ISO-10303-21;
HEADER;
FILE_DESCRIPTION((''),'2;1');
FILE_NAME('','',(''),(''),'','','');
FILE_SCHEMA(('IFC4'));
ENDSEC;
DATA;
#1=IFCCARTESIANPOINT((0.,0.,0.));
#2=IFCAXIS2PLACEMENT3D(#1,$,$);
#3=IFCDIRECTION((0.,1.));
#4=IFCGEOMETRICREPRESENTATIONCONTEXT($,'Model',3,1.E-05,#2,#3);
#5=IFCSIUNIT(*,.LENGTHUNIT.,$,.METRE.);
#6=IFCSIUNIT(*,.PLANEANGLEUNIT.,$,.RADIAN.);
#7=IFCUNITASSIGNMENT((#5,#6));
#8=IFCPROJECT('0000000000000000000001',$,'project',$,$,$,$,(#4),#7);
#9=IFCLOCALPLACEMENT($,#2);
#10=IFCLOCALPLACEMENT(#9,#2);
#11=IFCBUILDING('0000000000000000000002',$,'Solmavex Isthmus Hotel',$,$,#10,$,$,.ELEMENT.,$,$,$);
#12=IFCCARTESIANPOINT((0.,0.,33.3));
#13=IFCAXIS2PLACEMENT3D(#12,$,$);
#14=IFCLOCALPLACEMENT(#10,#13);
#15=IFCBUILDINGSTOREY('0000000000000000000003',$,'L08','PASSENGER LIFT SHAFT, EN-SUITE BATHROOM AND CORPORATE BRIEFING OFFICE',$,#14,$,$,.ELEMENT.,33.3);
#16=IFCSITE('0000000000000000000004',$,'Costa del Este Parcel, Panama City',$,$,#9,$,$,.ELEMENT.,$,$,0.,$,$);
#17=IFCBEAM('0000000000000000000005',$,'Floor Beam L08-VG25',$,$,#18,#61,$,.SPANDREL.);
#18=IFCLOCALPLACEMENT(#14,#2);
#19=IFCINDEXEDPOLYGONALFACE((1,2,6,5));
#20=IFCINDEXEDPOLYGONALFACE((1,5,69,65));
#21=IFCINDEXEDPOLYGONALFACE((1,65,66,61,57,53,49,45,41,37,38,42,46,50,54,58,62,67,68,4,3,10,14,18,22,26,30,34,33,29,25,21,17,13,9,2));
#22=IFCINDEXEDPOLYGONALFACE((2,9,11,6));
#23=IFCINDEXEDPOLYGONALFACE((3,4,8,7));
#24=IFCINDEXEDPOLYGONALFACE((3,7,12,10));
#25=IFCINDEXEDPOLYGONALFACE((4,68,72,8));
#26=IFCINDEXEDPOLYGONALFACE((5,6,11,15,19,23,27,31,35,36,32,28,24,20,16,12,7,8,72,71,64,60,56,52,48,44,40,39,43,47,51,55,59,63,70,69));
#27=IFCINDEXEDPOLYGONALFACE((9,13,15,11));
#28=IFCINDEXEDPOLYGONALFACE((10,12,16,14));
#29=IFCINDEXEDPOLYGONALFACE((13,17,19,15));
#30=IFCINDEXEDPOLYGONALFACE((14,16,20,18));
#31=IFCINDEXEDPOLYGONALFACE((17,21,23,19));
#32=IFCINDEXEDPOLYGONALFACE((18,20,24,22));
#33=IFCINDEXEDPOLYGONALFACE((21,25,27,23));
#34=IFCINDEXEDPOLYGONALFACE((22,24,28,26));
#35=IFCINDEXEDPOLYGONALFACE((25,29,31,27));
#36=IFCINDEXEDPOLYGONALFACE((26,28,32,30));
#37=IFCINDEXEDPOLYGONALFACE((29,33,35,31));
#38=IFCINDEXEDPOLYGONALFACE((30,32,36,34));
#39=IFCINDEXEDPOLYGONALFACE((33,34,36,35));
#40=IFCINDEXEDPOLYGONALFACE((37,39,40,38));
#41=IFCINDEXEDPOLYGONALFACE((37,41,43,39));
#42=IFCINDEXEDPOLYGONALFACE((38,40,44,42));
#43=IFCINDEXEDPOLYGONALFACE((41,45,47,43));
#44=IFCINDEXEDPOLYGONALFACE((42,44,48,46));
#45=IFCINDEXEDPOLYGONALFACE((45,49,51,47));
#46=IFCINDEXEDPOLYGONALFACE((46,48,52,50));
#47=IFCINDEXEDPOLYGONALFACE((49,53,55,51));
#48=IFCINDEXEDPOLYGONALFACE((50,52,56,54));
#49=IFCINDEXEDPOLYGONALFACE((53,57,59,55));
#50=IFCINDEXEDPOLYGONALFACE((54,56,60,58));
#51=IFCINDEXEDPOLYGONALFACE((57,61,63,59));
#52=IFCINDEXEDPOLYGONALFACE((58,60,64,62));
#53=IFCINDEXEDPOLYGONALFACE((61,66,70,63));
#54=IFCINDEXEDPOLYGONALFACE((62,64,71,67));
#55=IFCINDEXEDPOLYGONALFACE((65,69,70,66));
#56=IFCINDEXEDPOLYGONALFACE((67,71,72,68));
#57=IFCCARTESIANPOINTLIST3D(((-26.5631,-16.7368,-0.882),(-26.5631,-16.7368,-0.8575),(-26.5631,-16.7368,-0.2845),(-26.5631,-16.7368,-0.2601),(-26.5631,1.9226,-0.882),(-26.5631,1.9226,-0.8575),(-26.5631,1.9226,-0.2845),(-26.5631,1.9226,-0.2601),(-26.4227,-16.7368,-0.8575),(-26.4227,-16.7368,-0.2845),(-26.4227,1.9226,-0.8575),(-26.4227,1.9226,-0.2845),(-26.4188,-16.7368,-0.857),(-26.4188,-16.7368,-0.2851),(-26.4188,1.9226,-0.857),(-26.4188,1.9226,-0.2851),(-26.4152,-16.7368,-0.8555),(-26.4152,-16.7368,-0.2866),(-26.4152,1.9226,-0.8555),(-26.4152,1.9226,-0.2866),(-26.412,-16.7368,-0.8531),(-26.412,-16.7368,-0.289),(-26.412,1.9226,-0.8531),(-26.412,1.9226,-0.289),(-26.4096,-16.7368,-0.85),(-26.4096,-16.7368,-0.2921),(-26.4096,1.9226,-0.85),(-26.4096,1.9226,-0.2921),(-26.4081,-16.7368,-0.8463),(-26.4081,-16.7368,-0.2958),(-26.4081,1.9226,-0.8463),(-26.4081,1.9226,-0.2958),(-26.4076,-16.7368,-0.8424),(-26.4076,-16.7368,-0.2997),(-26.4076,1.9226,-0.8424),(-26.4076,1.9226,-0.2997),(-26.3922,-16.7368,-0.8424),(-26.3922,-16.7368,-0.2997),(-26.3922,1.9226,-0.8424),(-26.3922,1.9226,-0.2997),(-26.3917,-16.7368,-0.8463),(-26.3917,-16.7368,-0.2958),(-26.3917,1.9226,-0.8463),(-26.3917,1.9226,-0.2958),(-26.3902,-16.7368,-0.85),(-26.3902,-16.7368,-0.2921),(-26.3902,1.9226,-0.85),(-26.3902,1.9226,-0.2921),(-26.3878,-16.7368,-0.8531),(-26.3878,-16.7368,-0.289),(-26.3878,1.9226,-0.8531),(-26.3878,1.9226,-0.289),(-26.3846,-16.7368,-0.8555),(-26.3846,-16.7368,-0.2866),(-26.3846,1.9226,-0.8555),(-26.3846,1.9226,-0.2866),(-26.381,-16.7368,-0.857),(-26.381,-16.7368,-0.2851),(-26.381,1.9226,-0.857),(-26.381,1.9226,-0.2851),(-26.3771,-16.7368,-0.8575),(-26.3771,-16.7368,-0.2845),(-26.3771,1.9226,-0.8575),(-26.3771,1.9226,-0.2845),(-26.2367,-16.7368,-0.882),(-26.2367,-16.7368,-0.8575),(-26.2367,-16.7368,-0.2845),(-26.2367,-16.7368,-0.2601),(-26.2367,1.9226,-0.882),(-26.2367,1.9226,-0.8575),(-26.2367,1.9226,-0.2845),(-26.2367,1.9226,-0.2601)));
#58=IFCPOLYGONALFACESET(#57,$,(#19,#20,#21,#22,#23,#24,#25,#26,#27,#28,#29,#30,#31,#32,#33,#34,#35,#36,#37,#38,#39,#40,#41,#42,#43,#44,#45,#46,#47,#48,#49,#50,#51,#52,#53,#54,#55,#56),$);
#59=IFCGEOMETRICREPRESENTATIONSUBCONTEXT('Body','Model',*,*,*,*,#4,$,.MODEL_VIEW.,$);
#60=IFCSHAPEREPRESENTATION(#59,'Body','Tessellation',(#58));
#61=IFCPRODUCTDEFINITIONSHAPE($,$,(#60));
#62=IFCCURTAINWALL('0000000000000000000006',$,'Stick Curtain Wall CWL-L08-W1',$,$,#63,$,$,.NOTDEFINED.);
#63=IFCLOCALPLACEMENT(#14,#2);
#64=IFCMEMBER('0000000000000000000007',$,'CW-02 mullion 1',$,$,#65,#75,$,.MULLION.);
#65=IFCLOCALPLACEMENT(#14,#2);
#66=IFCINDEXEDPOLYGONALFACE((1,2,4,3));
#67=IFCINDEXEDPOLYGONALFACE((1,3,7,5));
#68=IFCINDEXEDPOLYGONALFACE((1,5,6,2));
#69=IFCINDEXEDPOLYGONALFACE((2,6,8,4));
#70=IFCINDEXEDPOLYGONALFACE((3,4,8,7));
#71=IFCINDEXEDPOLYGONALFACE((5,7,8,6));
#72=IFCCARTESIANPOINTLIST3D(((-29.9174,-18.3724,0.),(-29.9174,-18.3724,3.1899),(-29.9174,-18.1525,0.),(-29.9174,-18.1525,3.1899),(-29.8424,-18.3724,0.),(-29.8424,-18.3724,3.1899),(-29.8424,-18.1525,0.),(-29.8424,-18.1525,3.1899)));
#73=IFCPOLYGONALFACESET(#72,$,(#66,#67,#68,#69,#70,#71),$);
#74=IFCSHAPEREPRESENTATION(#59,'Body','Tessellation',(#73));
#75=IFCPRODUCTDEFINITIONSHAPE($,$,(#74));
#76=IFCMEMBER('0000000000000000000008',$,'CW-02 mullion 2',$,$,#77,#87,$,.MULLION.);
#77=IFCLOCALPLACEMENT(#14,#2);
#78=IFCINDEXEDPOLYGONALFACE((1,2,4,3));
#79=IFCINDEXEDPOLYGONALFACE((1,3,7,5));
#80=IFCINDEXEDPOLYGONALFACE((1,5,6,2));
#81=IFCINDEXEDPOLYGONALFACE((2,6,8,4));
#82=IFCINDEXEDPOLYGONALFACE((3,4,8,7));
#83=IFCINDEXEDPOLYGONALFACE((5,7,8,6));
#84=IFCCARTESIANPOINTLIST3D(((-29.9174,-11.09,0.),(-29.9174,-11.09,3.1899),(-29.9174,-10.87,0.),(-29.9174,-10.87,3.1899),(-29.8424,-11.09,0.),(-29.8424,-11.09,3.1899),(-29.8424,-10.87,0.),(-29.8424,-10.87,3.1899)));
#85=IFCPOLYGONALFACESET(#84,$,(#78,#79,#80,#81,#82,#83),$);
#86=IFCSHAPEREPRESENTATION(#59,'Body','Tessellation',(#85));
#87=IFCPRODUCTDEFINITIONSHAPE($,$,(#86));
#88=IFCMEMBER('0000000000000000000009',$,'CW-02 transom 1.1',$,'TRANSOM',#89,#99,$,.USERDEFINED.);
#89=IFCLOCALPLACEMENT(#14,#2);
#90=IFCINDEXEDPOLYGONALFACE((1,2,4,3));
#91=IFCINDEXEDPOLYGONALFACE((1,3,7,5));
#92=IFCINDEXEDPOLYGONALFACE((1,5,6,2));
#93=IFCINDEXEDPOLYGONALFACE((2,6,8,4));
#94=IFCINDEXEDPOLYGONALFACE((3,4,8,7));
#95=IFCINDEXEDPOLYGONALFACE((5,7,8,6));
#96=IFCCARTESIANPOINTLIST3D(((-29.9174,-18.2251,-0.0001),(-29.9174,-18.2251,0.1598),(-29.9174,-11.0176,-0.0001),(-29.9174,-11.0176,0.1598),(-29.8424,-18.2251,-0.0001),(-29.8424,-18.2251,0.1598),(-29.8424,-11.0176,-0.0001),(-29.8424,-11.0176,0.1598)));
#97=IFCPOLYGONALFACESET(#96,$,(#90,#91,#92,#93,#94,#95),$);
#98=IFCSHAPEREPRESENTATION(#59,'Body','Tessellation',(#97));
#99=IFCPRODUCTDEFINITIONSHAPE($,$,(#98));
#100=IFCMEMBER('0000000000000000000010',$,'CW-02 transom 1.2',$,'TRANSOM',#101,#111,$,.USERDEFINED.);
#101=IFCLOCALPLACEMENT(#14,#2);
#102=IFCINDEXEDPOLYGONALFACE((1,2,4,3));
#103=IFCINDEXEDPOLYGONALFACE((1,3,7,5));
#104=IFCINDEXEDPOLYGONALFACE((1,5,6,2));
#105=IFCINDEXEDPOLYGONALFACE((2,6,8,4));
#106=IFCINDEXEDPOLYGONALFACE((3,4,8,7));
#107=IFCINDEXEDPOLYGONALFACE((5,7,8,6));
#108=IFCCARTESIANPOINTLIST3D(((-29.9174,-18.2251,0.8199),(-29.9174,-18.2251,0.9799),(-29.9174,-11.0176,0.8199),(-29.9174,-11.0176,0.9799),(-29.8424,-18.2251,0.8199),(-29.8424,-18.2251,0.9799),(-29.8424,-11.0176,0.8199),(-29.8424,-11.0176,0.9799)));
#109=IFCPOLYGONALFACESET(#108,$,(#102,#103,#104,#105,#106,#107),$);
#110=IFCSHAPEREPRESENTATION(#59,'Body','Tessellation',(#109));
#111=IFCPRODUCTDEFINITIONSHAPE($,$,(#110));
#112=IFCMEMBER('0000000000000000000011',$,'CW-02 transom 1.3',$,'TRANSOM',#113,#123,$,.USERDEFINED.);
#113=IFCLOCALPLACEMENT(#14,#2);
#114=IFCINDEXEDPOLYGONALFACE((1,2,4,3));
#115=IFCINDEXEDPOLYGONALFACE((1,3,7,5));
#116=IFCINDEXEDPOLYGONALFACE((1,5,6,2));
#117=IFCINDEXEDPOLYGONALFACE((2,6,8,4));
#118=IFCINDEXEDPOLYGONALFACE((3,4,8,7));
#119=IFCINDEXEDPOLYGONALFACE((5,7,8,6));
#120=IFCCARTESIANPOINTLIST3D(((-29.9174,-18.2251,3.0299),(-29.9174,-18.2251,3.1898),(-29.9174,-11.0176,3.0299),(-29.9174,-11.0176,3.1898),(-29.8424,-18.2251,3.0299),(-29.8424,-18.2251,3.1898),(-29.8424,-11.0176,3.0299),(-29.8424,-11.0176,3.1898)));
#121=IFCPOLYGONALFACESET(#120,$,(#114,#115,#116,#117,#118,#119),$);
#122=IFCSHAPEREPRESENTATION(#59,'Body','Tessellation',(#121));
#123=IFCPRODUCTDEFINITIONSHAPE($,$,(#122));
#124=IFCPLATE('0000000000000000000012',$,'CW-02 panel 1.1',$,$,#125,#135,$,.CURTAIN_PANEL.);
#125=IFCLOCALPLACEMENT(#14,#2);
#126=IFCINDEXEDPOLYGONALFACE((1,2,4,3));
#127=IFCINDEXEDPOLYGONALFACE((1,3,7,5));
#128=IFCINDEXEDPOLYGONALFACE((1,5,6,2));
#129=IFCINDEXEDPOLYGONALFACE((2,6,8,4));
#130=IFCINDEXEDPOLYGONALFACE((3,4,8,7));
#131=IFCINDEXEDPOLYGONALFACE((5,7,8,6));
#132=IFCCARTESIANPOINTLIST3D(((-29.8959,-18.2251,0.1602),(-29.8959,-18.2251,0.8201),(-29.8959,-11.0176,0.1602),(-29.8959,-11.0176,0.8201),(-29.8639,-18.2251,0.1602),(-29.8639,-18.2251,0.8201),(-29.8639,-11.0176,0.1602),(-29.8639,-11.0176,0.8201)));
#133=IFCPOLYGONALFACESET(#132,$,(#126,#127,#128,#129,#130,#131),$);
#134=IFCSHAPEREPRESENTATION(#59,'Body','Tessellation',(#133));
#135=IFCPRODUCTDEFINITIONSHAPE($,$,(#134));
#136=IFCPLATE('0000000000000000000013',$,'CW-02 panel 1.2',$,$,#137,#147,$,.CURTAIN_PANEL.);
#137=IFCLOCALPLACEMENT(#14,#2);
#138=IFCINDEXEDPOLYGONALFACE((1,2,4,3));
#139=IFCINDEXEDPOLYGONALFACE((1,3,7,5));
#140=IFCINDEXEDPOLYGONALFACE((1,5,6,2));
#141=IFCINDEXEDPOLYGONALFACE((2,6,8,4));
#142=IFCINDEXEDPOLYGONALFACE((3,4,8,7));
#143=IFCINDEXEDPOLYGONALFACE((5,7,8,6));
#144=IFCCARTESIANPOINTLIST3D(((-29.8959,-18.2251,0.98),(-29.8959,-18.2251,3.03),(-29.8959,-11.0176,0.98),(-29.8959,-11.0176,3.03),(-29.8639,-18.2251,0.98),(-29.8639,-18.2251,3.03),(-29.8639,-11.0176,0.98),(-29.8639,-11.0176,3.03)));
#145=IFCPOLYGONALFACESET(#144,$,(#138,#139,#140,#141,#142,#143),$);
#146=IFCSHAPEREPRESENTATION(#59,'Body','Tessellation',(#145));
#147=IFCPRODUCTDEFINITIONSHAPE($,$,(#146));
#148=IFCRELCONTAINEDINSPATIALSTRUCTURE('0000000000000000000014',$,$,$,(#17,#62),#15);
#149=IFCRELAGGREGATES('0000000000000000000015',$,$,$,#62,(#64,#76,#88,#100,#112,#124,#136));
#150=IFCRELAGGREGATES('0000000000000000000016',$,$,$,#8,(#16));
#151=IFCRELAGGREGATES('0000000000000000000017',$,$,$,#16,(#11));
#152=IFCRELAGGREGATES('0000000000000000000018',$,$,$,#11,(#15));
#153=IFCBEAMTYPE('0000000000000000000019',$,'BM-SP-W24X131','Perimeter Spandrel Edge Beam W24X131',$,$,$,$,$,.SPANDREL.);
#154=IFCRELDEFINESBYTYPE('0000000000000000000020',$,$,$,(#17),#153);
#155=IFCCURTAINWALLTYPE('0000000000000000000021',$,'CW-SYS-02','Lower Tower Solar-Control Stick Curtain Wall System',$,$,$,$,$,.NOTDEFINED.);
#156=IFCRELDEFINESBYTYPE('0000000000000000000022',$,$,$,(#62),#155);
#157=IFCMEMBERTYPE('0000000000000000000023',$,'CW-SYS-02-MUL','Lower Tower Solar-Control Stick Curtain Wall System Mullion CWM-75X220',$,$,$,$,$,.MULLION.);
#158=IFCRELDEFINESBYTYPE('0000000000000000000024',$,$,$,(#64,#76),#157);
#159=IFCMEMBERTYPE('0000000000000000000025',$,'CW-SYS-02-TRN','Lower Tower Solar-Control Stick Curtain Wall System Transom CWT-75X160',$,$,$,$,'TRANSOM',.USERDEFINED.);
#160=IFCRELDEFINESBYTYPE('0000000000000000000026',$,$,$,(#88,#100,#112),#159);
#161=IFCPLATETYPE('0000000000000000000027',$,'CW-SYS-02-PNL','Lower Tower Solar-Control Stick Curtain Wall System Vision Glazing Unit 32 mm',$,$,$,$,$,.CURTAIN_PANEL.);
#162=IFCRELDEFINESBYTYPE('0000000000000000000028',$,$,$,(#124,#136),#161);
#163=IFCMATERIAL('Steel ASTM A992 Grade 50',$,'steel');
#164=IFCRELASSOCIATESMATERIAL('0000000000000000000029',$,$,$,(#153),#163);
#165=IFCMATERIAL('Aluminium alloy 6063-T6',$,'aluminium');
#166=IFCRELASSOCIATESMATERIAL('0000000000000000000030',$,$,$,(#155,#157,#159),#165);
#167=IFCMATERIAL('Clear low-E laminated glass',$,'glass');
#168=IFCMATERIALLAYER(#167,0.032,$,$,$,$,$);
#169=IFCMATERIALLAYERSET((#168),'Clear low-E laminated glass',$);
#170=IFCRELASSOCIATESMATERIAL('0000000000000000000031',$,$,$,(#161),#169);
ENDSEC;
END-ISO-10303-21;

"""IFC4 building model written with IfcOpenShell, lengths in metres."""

from ifc_helpers import new_model, si_unit, direction, frame, origin, origin_2d, place, context, subcontext, project, spatial, rectangle, i_section, extrude, material, layer, layer_set, material_profile, profile_set, type_object, element, aggregate, save


model = new_model("IFC4")

# Units and contexts
model_context = context("Model", 3, precision=1e-05, world=origin(), true_north=direction((0.0, 1.0)))
body_context = subcontext(model_context, "Body", "Model", "MODEL_VIEW")
ifc_project = project(units=[si_unit("LENGTHUNIT", "METRE"), si_unit("PLANEANGLEUNIT", "RADIAN")], contexts=[model_context])

# Site, building, storey
site_placement = place(None, origin())
site = spatial("IfcSite", under=ifc_project, at=site_placement, Name="Costa del Este Parcel, Panama City", CompositionType="ELEMENT", RefElevation=0.0)
building_placement = place(site_placement, origin())
building = spatial("IfcBuilding", under=site, at=building_placement, Name="Solmavex Isthmus Hotel", CompositionType="ELEMENT")
storey_placement = place(building_placement, frame((0.0, 0.0, 33.3)))
storey = spatial("IfcBuildingStorey", under=building, at=storey_placement, Name="L08", Description="PASSENGER LIFT SHAFT, EN-SUITE BATHROOM AND CORPORATE BRIEFING OFFICE", CompositionType="ELEMENT", Elevation=33.3)

# Beam
ifc_material_1 = material(Name="Steel ASTM A992 Grade 50", Category="steel")
ifc_material_profile_1 = material_profile(ifc_material_1, i_section(OverallWidth=0.3264, OverallDepth=0.6218, WebThickness=0.0154, FlangeThickness=0.0244, FilletRadius=0.0151, at=origin_2d()), Name="W24X131")
ifc_profile_set_1 = profile_set([ifc_material_profile_1], Name="Steel ASTM A992 Grade 50")
beam_type_1 = type_object("IfcBeamType", Name="BM-SP-W24X131", Description="Perimeter Spandrel Edge Beam W24X131", PredefinedType="SPANDREL", material=ifc_profile_set_1)
beam_1_placement = place(storey_placement, frame((-26.3999, -16.7368, -0.571), z_axis=(0.0, 1.0, 0.0), x_axis=(-1.0, 0.0, 0.0)))
element("IfcBeam", 1, at=beam_1_placement, inside=storey, type_object=beam_type_1, Name="Floor Beam L08-VG25", PredefinedType="SPANDREL", context=body_context, shape_type="SweptSolid", body=[
    extrude(i_section(OverallWidth=0.3264, OverallDepth=0.6218, WebThickness=0.0154, FlangeThickness=0.0244, FilletRadius=0.0151, at=origin_2d()), origin(), (0.0, 0.0, 1.0), 18.6594),
])

# Curtain wall, members, plates
ifc_material_2 = material(Name="Aluminium alloy 6063-T6", Category="aluminium")
curtain_wall_type = type_object("IfcCurtainWallType", Name="CW-SYS-02", Description="Lower Tower Solar-Control Stick Curtain Wall System", PredefinedType="NOTDEFINED", material=ifc_material_2)
curtain_wall_placement = place(storey_placement, origin())
curtain_wall = element("IfcCurtainWall", 2, at=curtain_wall_placement, inside=storey, type_object=curtain_wall_type, Name="Stick Curtain Wall CWL-L08-W1", PredefinedType="NOTDEFINED")
ifc_material_profile_2 = material_profile(ifc_material_2, rectangle(XDim=0.075, YDim=0.22, at=origin_2d()), Name="CWM-75X220")
ifc_profile_set_2 = profile_set([ifc_material_profile_2], Name="Aluminium alloy 6063-T6")
member_type_1 = type_object("IfcMemberType", Name="CW-SYS-02-MUL", Description="Lower Tower Solar-Control Stick Curtain Wall System Mullion CWM-75X220", PredefinedType="MULLION", material=ifc_profile_set_2)
member_1_placement = place(storey_placement, frame((-29.8799, -18.2625, 0.0), z_axis=(0.0, 0.0, 1.0), x_axis=(-1.0, 0.0, 0.0)))
member_1 = element("IfcMember", 3, at=member_1_placement, type_object=member_type_1, Name="CW-02 mullion 1", PredefinedType="MULLION", context=body_context, shape_type="SweptSolid", body=[
    extrude(rectangle(XDim=0.075, YDim=0.22, at=origin_2d()), origin(), (0.0, 0.0, 1.0), 3.1899),
])
member_2_placement = place(storey_placement, frame((-29.8799, -10.98, 0.0), z_axis=(0.0, 0.0, 1.0), x_axis=(-1.0, 0.0, 0.0)))
member_2 = element("IfcMember", 4, at=member_2_placement, type_object=member_type_1, Name="CW-02 mullion 2", PredefinedType="MULLION", context=body_context, shape_type="SweptSolid", body=[
    extrude(rectangle(XDim=0.075, YDim=0.22, at=origin_2d()), origin(), (0.0, 0.0, 1.0), 3.1899),
])
ifc_material_profile_3 = material_profile(ifc_material_2, rectangle(XDim=0.075, YDim=0.1599, at=origin_2d()), Name="CWT-75X160")
ifc_profile_set_3 = profile_set([ifc_material_profile_3], Name="Aluminium alloy 6063-T6")
member_type_2 = type_object("IfcMemberType", Name="CW-SYS-02-TRN", Description="Lower Tower Solar-Control Stick Curtain Wall System Transom CWT-75X160", ElementType="TRANSOM", PredefinedType="USERDEFINED", material=ifc_profile_set_3)
member_3_placement = place(storey_placement, frame((-29.8799, -18.2251, 0.0798), z_axis=(0.0, 1.0, 0.0), x_axis=(-1.0, 0.0, 0.0)))
member_3 = element("IfcMember", 5, at=member_3_placement, type_object=member_type_2, Name="CW-02 transom 1.1", ObjectType="TRANSOM", PredefinedType="USERDEFINED", context=body_context, shape_type="SweptSolid", body=[
    extrude(rectangle(XDim=0.075, YDim=0.1599, at=origin_2d()), origin(), (0.0, 0.0, 1.0), 7.2075),
])
member_4_placement = place(storey_placement, frame((-29.8799, -18.2251, 0.8999), z_axis=(0.0, 1.0, 0.0), x_axis=(-1.0, 0.0, 0.0)))
member_4 = element("IfcMember", 6, at=member_4_placement, type_object=member_type_2, Name="CW-02 transom 1.2", ObjectType="TRANSOM", PredefinedType="USERDEFINED", context=body_context, shape_type="SweptSolid", body=[
    extrude(rectangle(XDim=0.075, YDim=0.1599, at=origin_2d()), origin(), (0.0, 0.0, 1.0), 7.2075),
])
member_5_placement = place(storey_placement, frame((-29.8799, -18.2251, 3.1099), z_axis=(0.0, 1.0, 0.0), x_axis=(-1.0, 0.0, 0.0)))
member_5 = element("IfcMember", 7, at=member_5_placement, type_object=member_type_2, Name="CW-02 transom 1.3", ObjectType="TRANSOM", PredefinedType="USERDEFINED", context=body_context, shape_type="SweptSolid", body=[
    extrude(rectangle(XDim=0.075, YDim=0.1599, at=origin_2d()), origin(), (0.0, 0.0, 1.0), 7.2075),
])
ifc_material_3 = material(Name="Clear low-E laminated glass", Category="glass")
ifc_layer_1 = layer(ifc_material_3, 0.032)
ifc_layer_set_1 = layer_set([ifc_layer_1], Name="Clear low-E laminated glass")
plate_type = type_object("IfcPlateType", Name="CW-SYS-02-PNL", Description="Lower Tower Solar-Control Stick Curtain Wall System Vision Glazing Unit 32 mm", PredefinedType="CURTAIN_PANEL", material=ifc_layer_set_1)
plate_1_placement = place(storey_placement, frame((-29.8799, -14.6213, 0.1602), z_axis=(0.0, 0.0, 1.0), x_axis=(0.0, 1.0, 0.0)))
plate_1 = element("IfcPlate", 8, at=plate_1_placement, type_object=plate_type, Name="CW-02 panel 1.1", PredefinedType="CURTAIN_PANEL", context=body_context, shape_type="SweptSolid", body=[
    extrude(rectangle(XDim=7.2075, YDim=0.032, at=origin_2d()), origin(), (0.0, 0.0, 1.0), 0.6599),
])
plate_2_placement = place(storey_placement, frame((-29.8799, -14.6213, 0.98), z_axis=(0.0, 0.0, 1.0), x_axis=(0.0, 1.0, 0.0)))
plate_2 = element("IfcPlate", 9, at=plate_2_placement, type_object=plate_type, Name="CW-02 panel 1.2", PredefinedType="CURTAIN_PANEL", context=body_context, shape_type="SweptSolid", body=[
    extrude(rectangle(XDim=7.2075, YDim=0.032, at=origin_2d()), origin(), (0.0, 0.0, 1.0), 2.05),
])
aggregate(curtain_wall, [member_1, member_2, member_3, member_4, member_5, plate_1, plate_2])

save(model, "model.ifc")
